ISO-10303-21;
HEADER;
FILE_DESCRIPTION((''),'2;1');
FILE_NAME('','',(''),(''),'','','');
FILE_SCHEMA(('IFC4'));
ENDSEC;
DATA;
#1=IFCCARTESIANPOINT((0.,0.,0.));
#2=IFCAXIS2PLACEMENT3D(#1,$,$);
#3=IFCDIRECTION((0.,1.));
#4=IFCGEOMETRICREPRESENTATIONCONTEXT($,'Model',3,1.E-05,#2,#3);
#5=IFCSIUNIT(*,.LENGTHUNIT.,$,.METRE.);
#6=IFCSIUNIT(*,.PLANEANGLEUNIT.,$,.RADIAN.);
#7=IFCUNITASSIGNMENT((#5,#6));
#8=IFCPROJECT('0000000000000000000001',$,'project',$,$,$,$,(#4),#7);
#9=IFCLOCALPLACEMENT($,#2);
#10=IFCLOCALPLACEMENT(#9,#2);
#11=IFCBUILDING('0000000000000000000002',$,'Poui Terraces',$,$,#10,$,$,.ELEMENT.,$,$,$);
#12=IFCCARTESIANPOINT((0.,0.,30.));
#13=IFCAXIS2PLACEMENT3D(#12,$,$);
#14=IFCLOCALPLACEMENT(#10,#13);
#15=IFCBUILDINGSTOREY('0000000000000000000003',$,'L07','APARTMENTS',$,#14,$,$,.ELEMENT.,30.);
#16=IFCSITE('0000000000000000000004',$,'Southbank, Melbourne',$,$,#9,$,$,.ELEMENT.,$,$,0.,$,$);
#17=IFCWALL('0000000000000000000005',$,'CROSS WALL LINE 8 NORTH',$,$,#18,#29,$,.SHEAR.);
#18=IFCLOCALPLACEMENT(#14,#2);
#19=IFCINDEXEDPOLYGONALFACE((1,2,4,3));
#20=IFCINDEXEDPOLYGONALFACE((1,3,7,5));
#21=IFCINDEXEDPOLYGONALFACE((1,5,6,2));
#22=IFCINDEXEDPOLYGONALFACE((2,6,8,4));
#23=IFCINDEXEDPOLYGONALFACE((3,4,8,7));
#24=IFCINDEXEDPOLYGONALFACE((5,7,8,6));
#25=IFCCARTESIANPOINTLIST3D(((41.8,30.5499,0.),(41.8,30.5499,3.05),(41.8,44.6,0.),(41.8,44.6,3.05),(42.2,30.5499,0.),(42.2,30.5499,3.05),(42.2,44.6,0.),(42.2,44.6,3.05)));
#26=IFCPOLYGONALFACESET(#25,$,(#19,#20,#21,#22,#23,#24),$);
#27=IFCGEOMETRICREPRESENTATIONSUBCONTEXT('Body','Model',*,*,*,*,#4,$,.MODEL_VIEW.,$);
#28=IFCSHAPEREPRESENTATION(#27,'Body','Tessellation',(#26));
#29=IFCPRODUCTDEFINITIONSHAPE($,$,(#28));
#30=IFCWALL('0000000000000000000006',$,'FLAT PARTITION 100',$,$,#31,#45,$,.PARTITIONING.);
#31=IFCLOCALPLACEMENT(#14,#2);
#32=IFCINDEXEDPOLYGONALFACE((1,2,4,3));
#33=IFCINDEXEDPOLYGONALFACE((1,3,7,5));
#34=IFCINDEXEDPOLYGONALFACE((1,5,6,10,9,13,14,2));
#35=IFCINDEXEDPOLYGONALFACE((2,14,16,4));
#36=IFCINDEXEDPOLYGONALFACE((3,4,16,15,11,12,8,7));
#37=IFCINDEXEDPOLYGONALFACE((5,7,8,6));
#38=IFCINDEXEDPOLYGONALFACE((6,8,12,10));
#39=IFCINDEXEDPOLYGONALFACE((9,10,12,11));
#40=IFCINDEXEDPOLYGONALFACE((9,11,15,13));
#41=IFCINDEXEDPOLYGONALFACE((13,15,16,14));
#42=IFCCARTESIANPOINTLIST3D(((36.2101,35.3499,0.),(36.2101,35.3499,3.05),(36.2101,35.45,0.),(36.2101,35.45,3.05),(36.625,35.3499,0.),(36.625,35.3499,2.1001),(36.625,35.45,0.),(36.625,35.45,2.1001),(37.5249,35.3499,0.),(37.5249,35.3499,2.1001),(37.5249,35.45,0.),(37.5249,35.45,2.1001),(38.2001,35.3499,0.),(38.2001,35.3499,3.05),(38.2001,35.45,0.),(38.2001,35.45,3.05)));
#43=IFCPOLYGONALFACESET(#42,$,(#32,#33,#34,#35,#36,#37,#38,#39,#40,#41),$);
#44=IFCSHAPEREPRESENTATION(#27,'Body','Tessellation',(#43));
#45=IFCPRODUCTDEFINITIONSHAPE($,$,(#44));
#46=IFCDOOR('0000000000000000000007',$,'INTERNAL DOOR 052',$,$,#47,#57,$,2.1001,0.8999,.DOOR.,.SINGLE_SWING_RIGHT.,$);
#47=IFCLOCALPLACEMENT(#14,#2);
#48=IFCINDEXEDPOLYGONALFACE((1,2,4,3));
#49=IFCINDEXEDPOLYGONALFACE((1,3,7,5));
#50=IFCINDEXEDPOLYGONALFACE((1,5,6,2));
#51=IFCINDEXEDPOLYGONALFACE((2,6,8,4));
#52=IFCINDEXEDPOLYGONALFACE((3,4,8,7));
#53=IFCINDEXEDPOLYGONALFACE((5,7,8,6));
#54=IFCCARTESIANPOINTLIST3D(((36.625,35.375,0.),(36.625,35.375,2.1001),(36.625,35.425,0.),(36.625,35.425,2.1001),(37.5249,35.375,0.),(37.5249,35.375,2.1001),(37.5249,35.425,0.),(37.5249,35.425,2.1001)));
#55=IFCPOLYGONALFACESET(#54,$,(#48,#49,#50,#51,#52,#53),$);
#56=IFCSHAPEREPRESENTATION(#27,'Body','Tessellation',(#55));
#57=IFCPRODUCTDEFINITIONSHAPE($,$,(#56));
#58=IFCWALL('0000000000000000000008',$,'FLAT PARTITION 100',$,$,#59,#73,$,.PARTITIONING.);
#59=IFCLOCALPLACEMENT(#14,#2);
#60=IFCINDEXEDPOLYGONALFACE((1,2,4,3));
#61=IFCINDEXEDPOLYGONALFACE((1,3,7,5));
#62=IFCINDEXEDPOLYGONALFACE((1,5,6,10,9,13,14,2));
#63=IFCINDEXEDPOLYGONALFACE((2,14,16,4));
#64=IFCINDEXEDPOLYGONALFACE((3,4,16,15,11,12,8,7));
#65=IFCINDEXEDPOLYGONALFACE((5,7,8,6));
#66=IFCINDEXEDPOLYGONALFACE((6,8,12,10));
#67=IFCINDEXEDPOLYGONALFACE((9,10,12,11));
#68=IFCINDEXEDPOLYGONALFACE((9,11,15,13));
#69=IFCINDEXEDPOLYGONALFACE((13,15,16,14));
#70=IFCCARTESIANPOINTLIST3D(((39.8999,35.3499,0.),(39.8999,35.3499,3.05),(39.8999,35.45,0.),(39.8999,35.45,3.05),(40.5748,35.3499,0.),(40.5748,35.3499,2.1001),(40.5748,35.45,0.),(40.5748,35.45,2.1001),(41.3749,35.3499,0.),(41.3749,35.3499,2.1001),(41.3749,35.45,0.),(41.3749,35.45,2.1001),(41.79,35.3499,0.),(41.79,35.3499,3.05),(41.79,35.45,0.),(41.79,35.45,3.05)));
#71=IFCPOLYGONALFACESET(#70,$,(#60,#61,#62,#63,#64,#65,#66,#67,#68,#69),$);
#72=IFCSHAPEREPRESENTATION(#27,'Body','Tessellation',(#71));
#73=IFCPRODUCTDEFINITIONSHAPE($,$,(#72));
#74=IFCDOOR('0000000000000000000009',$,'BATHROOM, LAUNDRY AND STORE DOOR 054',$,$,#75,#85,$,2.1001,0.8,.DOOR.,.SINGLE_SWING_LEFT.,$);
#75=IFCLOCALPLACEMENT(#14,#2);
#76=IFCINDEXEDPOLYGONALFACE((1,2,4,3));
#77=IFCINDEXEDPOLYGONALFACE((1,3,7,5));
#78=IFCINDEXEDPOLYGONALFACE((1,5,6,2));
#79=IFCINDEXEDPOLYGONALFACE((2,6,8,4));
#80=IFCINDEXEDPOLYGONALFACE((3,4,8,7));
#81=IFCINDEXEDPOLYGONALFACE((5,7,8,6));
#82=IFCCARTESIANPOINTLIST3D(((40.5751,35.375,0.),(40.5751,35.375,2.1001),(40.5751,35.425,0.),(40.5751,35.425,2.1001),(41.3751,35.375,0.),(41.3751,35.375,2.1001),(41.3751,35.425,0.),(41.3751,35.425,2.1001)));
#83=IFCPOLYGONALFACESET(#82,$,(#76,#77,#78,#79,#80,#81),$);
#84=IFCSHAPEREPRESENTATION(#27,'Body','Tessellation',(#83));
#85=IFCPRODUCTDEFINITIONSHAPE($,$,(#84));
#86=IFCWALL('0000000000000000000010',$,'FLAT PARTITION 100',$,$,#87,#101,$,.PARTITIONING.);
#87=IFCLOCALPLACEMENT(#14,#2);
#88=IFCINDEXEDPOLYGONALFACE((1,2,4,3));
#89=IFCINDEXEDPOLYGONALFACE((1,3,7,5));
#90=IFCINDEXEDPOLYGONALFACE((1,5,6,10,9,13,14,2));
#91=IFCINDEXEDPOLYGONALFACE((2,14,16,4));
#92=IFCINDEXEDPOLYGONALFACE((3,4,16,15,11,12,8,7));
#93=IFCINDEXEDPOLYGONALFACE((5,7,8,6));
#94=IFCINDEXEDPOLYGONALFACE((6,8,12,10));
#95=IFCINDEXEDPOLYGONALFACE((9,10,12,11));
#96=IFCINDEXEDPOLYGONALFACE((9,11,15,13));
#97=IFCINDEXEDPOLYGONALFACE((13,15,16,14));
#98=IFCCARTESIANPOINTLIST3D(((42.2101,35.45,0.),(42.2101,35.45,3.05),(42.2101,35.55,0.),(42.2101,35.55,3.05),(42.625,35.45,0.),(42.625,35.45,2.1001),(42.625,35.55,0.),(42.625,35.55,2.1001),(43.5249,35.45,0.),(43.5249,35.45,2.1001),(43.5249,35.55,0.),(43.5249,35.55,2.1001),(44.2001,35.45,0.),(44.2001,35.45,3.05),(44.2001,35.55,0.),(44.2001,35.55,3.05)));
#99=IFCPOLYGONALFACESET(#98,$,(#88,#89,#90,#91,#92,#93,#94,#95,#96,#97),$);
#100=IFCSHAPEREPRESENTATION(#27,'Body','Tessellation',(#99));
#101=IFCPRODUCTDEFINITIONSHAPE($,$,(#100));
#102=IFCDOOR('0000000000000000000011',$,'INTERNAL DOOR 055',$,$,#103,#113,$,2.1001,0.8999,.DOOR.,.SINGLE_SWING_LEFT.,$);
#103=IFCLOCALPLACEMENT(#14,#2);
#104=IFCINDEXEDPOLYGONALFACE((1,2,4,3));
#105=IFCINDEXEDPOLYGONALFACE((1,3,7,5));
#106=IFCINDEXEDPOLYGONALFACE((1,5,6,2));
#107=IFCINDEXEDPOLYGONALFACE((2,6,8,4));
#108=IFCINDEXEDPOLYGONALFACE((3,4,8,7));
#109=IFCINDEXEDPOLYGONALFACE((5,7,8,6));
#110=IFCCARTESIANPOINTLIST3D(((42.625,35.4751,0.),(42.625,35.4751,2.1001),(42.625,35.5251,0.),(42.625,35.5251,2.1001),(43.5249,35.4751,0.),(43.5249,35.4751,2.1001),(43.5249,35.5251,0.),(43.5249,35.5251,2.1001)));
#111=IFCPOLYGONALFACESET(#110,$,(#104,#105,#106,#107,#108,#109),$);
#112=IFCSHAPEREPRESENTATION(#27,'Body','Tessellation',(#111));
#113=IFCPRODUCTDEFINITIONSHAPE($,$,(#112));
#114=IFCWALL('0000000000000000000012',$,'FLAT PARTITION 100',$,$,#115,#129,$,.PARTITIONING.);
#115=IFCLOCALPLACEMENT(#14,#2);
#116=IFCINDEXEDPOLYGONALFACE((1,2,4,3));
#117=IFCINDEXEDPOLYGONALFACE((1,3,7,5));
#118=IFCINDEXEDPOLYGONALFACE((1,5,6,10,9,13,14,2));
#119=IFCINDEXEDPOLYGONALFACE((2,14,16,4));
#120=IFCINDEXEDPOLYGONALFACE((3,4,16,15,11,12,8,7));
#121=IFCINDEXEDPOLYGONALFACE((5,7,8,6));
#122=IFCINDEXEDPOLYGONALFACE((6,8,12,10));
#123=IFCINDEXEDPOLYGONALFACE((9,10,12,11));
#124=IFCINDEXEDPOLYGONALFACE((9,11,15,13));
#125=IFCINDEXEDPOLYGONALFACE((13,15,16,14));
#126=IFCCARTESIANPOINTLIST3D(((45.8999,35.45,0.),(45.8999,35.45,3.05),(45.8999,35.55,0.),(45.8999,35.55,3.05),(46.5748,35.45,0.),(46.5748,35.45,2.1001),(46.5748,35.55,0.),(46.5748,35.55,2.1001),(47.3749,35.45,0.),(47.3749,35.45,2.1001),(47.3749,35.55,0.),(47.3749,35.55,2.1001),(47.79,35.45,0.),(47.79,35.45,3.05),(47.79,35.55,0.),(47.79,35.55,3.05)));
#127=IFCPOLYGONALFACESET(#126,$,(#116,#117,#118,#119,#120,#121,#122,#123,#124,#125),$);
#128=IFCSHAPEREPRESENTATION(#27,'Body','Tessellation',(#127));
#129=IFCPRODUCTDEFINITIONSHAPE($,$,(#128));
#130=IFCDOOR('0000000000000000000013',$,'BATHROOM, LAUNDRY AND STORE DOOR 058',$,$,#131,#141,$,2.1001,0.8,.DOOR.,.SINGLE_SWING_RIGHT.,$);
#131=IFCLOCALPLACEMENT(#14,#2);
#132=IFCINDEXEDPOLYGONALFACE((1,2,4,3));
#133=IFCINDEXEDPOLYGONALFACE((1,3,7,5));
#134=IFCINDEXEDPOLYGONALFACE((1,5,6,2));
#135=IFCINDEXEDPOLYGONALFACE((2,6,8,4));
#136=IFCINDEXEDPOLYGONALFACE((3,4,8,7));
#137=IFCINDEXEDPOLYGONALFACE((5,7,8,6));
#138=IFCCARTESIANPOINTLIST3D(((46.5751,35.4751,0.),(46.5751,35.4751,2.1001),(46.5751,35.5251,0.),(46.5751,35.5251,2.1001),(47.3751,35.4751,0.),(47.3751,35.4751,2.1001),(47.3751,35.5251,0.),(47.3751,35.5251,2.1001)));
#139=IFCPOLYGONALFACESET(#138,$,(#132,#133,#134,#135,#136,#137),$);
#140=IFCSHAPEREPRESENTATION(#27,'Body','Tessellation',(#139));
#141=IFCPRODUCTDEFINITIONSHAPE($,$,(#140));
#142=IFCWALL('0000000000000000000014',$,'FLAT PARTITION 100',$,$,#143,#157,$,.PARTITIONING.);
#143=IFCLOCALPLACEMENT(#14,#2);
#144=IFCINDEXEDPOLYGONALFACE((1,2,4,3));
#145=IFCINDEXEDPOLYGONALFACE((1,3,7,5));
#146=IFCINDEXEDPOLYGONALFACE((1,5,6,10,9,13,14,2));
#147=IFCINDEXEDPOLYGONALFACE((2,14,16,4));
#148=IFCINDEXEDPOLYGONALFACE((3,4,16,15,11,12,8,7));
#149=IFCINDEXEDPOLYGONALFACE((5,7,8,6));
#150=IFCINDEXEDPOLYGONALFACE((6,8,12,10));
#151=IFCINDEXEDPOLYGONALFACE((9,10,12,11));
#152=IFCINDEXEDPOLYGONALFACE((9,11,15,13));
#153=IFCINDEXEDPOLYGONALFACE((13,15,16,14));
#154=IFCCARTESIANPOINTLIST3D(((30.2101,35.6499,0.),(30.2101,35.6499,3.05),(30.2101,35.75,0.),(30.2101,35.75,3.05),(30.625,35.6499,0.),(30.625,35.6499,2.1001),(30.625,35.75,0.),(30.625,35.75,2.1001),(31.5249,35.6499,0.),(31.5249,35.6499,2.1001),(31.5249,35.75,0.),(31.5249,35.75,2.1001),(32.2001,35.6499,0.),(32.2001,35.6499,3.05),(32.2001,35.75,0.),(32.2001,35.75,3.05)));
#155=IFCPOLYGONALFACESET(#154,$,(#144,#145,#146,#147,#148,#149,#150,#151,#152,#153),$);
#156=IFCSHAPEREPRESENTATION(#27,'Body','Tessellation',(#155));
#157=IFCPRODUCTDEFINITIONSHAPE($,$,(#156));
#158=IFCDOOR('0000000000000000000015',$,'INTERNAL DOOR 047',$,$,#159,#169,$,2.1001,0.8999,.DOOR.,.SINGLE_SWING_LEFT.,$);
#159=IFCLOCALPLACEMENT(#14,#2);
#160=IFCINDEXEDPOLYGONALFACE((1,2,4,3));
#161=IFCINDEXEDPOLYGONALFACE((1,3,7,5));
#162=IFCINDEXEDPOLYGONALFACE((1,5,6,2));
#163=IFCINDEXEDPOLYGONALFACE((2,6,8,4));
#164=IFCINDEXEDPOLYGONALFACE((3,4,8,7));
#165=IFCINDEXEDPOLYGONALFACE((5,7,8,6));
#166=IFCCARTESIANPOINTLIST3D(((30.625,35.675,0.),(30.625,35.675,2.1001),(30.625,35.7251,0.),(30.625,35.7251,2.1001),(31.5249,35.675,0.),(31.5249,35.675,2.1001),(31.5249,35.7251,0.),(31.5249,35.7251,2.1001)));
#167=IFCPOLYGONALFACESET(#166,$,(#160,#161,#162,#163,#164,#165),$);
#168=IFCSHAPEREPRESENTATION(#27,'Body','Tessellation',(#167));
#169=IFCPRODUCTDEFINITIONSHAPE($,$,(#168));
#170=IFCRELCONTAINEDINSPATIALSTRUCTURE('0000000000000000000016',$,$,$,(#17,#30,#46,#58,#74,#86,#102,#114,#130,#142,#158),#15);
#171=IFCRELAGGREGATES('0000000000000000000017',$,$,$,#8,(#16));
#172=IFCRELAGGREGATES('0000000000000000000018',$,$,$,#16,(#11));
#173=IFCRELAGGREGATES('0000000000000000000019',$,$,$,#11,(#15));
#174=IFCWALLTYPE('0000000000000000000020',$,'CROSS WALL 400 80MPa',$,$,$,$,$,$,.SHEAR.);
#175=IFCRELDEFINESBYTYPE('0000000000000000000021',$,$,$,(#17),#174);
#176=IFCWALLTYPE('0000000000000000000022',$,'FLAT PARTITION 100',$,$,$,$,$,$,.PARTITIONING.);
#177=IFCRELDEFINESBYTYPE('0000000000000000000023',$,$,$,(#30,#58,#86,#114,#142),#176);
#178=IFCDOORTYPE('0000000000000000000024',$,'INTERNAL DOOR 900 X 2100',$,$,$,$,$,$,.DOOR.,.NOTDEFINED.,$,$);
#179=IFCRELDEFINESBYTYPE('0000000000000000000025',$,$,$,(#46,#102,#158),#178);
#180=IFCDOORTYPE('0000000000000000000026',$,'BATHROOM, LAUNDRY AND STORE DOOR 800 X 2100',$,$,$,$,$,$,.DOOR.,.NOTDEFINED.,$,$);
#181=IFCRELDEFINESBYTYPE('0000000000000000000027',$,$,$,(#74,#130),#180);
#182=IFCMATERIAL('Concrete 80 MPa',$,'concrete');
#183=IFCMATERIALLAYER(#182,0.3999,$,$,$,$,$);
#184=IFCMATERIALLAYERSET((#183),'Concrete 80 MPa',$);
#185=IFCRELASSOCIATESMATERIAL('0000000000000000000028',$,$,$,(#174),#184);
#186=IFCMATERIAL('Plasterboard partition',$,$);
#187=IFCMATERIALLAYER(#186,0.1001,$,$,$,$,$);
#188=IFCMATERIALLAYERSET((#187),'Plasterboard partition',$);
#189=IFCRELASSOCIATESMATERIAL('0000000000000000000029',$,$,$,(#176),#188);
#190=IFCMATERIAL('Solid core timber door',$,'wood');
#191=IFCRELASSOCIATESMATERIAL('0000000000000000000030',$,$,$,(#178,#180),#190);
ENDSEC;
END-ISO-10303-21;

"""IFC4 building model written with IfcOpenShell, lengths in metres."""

from ifc_helpers import new_model, si_unit, direction, frame, frame_2d, origin, place, context, subcontext, project, spatial, rectangle, extrude, material, layer, layer_set, type_object, element, fill, save


model = new_model("IFC4")

# Units and contexts
model_context = context("Model", 3, precision=1e-05, world=origin(), true_north=direction((0.0, 1.0)))
body_context = subcontext(model_context, "Body", "Model", "MODEL_VIEW")
ifc_project = project(units=[si_unit("LENGTHUNIT", "METRE"), si_unit("PLANEANGLEUNIT", "RADIAN")], contexts=[model_context])

# Site, building, storey
site_placement = place(None, origin())
site = spatial("IfcSite", under=ifc_project, at=site_placement, Name="Southbank, Melbourne", CompositionType="ELEMENT", RefElevation=0.0)
building_placement = place(site_placement, origin())
building = spatial("IfcBuilding", under=site, at=building_placement, Name="Poui Terraces", CompositionType="ELEMENT")
storey_placement = place(building_placement, frame((0.0, 0.0, 30.0)))
storey = spatial("IfcBuildingStorey", under=building, at=storey_placement, Name="L07", Description="APARTMENTS", CompositionType="ELEMENT", Elevation=30.0)

# Wall
ifc_material_1 = material(Name="Concrete 80 MPa", Category="concrete")
ifc_layer_1 = layer(ifc_material_1, 0.3999)
ifc_layer_set_1 = layer_set([ifc_layer_1], Name="Concrete 80 MPa")
wall_type_1 = type_object("IfcWallType", Name="CROSS WALL 400 80MPa", PredefinedType="SHEAR", material=ifc_layer_set_1)
wall_1_placement = place(storey_placement, frame((42.0, 30.55, 0.0), z_axis=(0.0, 0.0, 1.0), x_axis=(0.0, 1.0, 0.0)))
element("IfcWall", 1, at=wall_1_placement, inside=storey, type_object=wall_type_1, Name="CROSS WALL LINE 8 NORTH", PredefinedType="SHEAR", context=body_context, shape_type="SweptSolid", body=[
    extrude(rectangle(XDim=14.05, YDim=0.3999, at=frame_2d((7.0249, 0.0))), origin(), (0.0, 0.0, 1.0), 3.05),
])

# Walls, openings, doors
ifc_material_2 = material(Name="Plasterboard partition")
ifc_layer_2 = layer(ifc_material_2, 0.1001)
ifc_layer_set_2 = layer_set([ifc_layer_2], Name="Plasterboard partition")
wall_type_2 = type_object("IfcWallType", Name="FLAT PARTITION 100", PredefinedType="PARTITIONING", material=ifc_layer_set_2)
wall_2_placement = place(storey_placement, frame((36.21, 35.3999, 0.0), z_axis=(0.0, 0.0, 1.0), x_axis=(1.0, 0.0, 0.0)))
wall_2 = element("IfcWall", 2, at=wall_2_placement, inside=storey, type_object=wall_type_2, Name="FLAT PARTITION 100", PredefinedType="PARTITIONING", context=body_context, shape_type="SweptSolid", body=[
    extrude(rectangle(XDim=1.99, YDim=0.1001, at=frame_2d((0.9951, 0.0))), origin(), (0.0, 0.0, 1.0), 3.05),
])
opening_1_placement = place(wall_2_placement, frame((0.415, 0.0, 0.0)))
opening_1 = element("IfcOpeningElement", 3, at=opening_1_placement, cuts=wall_2, PredefinedType="OPENING", context=body_context, shape_type="SweptSolid", body=[
    extrude(rectangle(XDim=0.8999, YDim=2.1001, at=frame_2d((0.45, 1.05))), frame((0.0, 0.0601, 0.0), z_axis=(0.0, -1.0, 0.0), x_axis=(1.0, 0.0, 0.0)), (0.0, 0.0, 1.0), 0.1201),
])
ifc_material_3 = material(Name="Solid core timber door", Category="wood")
door_type_1 = type_object("IfcDoorType", Name="INTERNAL DOOR 900 X 2100", OperationType="NOTDEFINED", PredefinedType="DOOR", material=ifc_material_3)
door_1_placement = place(opening_1_placement, frame((0.8999, 0.0, 0.0), z_axis=(0.0, 0.0, 1.0), x_axis=(-1.0, 0.0, 0.0)))
door_1 = element("IfcDoor", 4, at=door_1_placement, inside=storey, type_object=door_type_1, Name="INTERNAL DOOR 052", OperationType="SINGLE_SWING_RIGHT", OverallHeight=2.1001, OverallWidth=0.8999, PredefinedType="DOOR", context=body_context, shape_type="SweptSolid", body=[
    extrude(rectangle(XDim=0.8999, YDim=2.1001, at=frame_2d((0.45, 1.05))), frame((0.0, 0.0249, 0.0), z_axis=(0.0, -1.0, 0.0), x_axis=(1.0, 0.0, 0.0)), (0.0, 0.0, 1.0), 0.05),
])
fill(opening_1, door_1)
wall_3_placement = place(storey_placement, frame((39.8999, 35.3999, 0.0), z_axis=(0.0, 0.0, 1.0), x_axis=(1.0, 0.0, 0.0)))
wall_3 = element("IfcWall", 5, at=wall_3_placement, inside=storey, type_object=wall_type_2, Name="FLAT PARTITION 100", PredefinedType="PARTITIONING", context=body_context, shape_type="SweptSolid", body=[
    extrude(rectangle(XDim=1.8901, YDim=0.1001, at=frame_2d((0.9451, 0.0))), origin(), (0.0, 0.0, 1.0), 3.05),
])
opening_2_placement = place(wall_3_placement, frame((0.675, 0.0, 0.0)))
opening_2 = element("IfcOpeningElement", 6, at=opening_2_placement, cuts=wall_3, PredefinedType="OPENING", context=body_context, shape_type="SweptSolid", body=[
    extrude(rectangle(XDim=0.8, YDim=2.1001, at=frame_2d((0.3999, 1.05))), frame((0.0, 0.0601, 0.0), z_axis=(0.0, -1.0, 0.0), x_axis=(1.0, 0.0, 0.0)), (0.0, 0.0, 1.0), 0.1201),
])
door_type_2 = type_object("IfcDoorType", Name="BATHROOM, LAUNDRY AND STORE DOOR 800 X 2100", OperationType="NOTDEFINED", PredefinedType="DOOR", material=ifc_material_3)
door_2_placement = place(opening_2_placement, frame((0.8, 0.0, 0.0), z_axis=(0.0, 0.0, 1.0), x_axis=(-1.0, 0.0, 0.0)))
door_2 = element("IfcDoor", 7, at=door_2_placement, inside=storey, type_object=door_type_2, Name="BATHROOM, LAUNDRY AND STORE DOOR 054", OperationType="SINGLE_SWING_LEFT", OverallHeight=2.1001, OverallWidth=0.8, PredefinedType="DOOR", context=body_context, shape_type="SweptSolid", body=[
    extrude(rectangle(XDim=0.8, YDim=2.1001, at=frame_2d((0.3999, 1.05))), frame((0.0, 0.0249, 0.0), z_axis=(0.0, -1.0, 0.0), x_axis=(1.0, 0.0, 0.0)), (0.0, 0.0, 1.0), 0.05),
])
fill(opening_2, door_2)
wall_4_placement = place(storey_placement, frame((42.21, 35.5, 0.0), z_axis=(0.0, 0.0, 1.0), x_axis=(1.0, 0.0, 0.0)))
wall_4 = element("IfcWall", 8, at=wall_4_placement, inside=storey, type_object=wall_type_2, Name="FLAT PARTITION 100", PredefinedType="PARTITIONING", context=body_context, shape_type="SweptSolid", body=[
    extrude(rectangle(XDim=1.99, YDim=0.1001, at=frame_2d((0.9951, 0.0))), origin(), (0.0, 0.0, 1.0), 3.05),
])
opening_3_placement = place(wall_4_placement, frame((0.415, 0.0, 0.0)))
opening_3 = element("IfcOpeningElement", 9, at=opening_3_placement, cuts=wall_4, PredefinedType="OPENING", context=body_context, shape_type="SweptSolid", body=[
    extrude(rectangle(XDim=0.8999, YDim=2.1001, at=frame_2d((0.45, 1.05))), frame((0.0, 0.0601, 0.0), z_axis=(0.0, -1.0, 0.0), x_axis=(1.0, 0.0, 0.0)), (0.0, 0.0, 1.0), 0.1201),
])
door_3_placement = place(opening_3_placement, frame((0.8999, 0.0, 0.0), z_axis=(0.0, 0.0, 1.0), x_axis=(-1.0, 0.0, 0.0)))
door_3 = element("IfcDoor", 10, at=door_3_placement, inside=storey, type_object=door_type_1, Name="INTERNAL DOOR 055", OperationType="SINGLE_SWING_LEFT", OverallHeight=2.1001, OverallWidth=0.8999, PredefinedType="DOOR", context=body_context, shape_type="SweptSolid", body=[
    extrude(rectangle(XDim=0.8999, YDim=2.1001, at=frame_2d((0.45, 1.05))), frame((0.0, 0.0249, 0.0), z_axis=(0.0, -1.0, 0.0), x_axis=(1.0, 0.0, 0.0)), (0.0, 0.0, 1.0), 0.05),
])
fill(opening_3, door_3)
wall_5_placement = place(storey_placement, frame((45.8999, 35.5, 0.0), z_axis=(0.0, 0.0, 1.0), x_axis=(1.0, 0.0, 0.0)))
wall_5 = element("IfcWall", 11, at=wall_5_placement, inside=storey, type_object=wall_type_2, Name="FLAT PARTITION 100", PredefinedType="PARTITIONING", context=body_context, shape_type="SweptSolid", body=[
    extrude(rectangle(XDim=1.8901, YDim=0.1001, at=frame_2d((0.9451, 0.0))), origin(), (0.0, 0.0, 1.0), 3.05),
])
opening_4_placement = place(wall_5_placement, frame((0.675, 0.0, 0.0)))
opening_4 = element("IfcOpeningElement", 12, at=opening_4_placement, cuts=wall_5, PredefinedType="OPENING", context=body_context, shape_type="SweptSolid", body=[
    extrude(rectangle(XDim=0.8, YDim=2.1001, at=frame_2d((0.3999, 1.05))), frame((0.0, 0.0601, 0.0), z_axis=(0.0, -1.0, 0.0), x_axis=(1.0, 0.0, 0.0)), (0.0, 0.0, 1.0), 0.1201),
])
door_4_placement = place(opening_4_placement, frame((0.8, 0.0, 0.0), z_axis=(0.0, 0.0, 1.0), x_axis=(-1.0, 0.0, 0.0)))
door_4 = element("IfcDoor", 13, at=door_4_placement, inside=storey, type_object=door_type_2, Name="BATHROOM, LAUNDRY AND STORE DOOR 058", OperationType="SINGLE_SWING_RIGHT", OverallHeight=2.1001, OverallWidth=0.8, PredefinedType="DOOR", context=body_context, shape_type="SweptSolid", body=[
    extrude(rectangle(XDim=0.8, YDim=2.1001, at=frame_2d((0.3999, 1.05))), frame((0.0, 0.0249, 0.0), z_axis=(0.0, -1.0, 0.0), x_axis=(1.0, 0.0, 0.0)), (0.0, 0.0, 1.0), 0.05),
])
fill(opening_4, door_4)
wall_6_placement = place(storey_placement, frame((30.21, 35.7, 0.0), z_axis=(0.0, 0.0, 1.0), x_axis=(1.0, 0.0, 0.0)))
wall_6 = element("IfcWall", 14, at=wall_6_placement, inside=storey, type_object=wall_type_2, Name="FLAT PARTITION 100", PredefinedType="PARTITIONING", context=body_context, shape_type="SweptSolid", body=[
    extrude(rectangle(XDim=1.99, YDim=0.1001, at=frame_2d((0.9951, 0.0))), origin(), (0.0, 0.0, 1.0), 3.05),
])
opening_5_placement = place(wall_6_placement, frame((0.415, 0.0, 0.0)))
opening_5 = element("IfcOpeningElement", 15, at=opening_5_placement, cuts=wall_6, PredefinedType="OPENING", context=body_context, shape_type="SweptSolid", body=[
    extrude(rectangle(XDim=0.8999, YDim=2.1001, at=frame_2d((0.45, 1.05))), frame((0.0, 0.0601, 0.0), z_axis=(0.0, -1.0, 0.0), x_axis=(1.0, 0.0, 0.0)), (0.0, 0.0, 1.0), 0.1201),
])
door_5_placement = place(opening_5_placement, frame((0.8999, 0.0, 0.0), z_axis=(0.0, 0.0, 1.0), x_axis=(-1.0, 0.0, 0.0)))
door_5 = element("IfcDoor", 16, at=door_5_placement, inside=storey, type_object=door_type_1, Name="INTERNAL DOOR 047", OperationType="SINGLE_SWING_LEFT", OverallHeight=2.1001, OverallWidth=0.8999, PredefinedType="DOOR", context=body_context, shape_type="SweptSolid", body=[
    extrude(rectangle(XDim=0.8999, YDim=2.1001, at=frame_2d((0.45, 1.05))), frame((0.0, 0.0249, 0.0), z_axis=(0.0, -1.0, 0.0), x_axis=(1.0, 0.0, 0.0)), (0.0, 0.0, 1.0), 0.05),
])
fill(opening_5, door_5)

save(model, "model.ifc")
